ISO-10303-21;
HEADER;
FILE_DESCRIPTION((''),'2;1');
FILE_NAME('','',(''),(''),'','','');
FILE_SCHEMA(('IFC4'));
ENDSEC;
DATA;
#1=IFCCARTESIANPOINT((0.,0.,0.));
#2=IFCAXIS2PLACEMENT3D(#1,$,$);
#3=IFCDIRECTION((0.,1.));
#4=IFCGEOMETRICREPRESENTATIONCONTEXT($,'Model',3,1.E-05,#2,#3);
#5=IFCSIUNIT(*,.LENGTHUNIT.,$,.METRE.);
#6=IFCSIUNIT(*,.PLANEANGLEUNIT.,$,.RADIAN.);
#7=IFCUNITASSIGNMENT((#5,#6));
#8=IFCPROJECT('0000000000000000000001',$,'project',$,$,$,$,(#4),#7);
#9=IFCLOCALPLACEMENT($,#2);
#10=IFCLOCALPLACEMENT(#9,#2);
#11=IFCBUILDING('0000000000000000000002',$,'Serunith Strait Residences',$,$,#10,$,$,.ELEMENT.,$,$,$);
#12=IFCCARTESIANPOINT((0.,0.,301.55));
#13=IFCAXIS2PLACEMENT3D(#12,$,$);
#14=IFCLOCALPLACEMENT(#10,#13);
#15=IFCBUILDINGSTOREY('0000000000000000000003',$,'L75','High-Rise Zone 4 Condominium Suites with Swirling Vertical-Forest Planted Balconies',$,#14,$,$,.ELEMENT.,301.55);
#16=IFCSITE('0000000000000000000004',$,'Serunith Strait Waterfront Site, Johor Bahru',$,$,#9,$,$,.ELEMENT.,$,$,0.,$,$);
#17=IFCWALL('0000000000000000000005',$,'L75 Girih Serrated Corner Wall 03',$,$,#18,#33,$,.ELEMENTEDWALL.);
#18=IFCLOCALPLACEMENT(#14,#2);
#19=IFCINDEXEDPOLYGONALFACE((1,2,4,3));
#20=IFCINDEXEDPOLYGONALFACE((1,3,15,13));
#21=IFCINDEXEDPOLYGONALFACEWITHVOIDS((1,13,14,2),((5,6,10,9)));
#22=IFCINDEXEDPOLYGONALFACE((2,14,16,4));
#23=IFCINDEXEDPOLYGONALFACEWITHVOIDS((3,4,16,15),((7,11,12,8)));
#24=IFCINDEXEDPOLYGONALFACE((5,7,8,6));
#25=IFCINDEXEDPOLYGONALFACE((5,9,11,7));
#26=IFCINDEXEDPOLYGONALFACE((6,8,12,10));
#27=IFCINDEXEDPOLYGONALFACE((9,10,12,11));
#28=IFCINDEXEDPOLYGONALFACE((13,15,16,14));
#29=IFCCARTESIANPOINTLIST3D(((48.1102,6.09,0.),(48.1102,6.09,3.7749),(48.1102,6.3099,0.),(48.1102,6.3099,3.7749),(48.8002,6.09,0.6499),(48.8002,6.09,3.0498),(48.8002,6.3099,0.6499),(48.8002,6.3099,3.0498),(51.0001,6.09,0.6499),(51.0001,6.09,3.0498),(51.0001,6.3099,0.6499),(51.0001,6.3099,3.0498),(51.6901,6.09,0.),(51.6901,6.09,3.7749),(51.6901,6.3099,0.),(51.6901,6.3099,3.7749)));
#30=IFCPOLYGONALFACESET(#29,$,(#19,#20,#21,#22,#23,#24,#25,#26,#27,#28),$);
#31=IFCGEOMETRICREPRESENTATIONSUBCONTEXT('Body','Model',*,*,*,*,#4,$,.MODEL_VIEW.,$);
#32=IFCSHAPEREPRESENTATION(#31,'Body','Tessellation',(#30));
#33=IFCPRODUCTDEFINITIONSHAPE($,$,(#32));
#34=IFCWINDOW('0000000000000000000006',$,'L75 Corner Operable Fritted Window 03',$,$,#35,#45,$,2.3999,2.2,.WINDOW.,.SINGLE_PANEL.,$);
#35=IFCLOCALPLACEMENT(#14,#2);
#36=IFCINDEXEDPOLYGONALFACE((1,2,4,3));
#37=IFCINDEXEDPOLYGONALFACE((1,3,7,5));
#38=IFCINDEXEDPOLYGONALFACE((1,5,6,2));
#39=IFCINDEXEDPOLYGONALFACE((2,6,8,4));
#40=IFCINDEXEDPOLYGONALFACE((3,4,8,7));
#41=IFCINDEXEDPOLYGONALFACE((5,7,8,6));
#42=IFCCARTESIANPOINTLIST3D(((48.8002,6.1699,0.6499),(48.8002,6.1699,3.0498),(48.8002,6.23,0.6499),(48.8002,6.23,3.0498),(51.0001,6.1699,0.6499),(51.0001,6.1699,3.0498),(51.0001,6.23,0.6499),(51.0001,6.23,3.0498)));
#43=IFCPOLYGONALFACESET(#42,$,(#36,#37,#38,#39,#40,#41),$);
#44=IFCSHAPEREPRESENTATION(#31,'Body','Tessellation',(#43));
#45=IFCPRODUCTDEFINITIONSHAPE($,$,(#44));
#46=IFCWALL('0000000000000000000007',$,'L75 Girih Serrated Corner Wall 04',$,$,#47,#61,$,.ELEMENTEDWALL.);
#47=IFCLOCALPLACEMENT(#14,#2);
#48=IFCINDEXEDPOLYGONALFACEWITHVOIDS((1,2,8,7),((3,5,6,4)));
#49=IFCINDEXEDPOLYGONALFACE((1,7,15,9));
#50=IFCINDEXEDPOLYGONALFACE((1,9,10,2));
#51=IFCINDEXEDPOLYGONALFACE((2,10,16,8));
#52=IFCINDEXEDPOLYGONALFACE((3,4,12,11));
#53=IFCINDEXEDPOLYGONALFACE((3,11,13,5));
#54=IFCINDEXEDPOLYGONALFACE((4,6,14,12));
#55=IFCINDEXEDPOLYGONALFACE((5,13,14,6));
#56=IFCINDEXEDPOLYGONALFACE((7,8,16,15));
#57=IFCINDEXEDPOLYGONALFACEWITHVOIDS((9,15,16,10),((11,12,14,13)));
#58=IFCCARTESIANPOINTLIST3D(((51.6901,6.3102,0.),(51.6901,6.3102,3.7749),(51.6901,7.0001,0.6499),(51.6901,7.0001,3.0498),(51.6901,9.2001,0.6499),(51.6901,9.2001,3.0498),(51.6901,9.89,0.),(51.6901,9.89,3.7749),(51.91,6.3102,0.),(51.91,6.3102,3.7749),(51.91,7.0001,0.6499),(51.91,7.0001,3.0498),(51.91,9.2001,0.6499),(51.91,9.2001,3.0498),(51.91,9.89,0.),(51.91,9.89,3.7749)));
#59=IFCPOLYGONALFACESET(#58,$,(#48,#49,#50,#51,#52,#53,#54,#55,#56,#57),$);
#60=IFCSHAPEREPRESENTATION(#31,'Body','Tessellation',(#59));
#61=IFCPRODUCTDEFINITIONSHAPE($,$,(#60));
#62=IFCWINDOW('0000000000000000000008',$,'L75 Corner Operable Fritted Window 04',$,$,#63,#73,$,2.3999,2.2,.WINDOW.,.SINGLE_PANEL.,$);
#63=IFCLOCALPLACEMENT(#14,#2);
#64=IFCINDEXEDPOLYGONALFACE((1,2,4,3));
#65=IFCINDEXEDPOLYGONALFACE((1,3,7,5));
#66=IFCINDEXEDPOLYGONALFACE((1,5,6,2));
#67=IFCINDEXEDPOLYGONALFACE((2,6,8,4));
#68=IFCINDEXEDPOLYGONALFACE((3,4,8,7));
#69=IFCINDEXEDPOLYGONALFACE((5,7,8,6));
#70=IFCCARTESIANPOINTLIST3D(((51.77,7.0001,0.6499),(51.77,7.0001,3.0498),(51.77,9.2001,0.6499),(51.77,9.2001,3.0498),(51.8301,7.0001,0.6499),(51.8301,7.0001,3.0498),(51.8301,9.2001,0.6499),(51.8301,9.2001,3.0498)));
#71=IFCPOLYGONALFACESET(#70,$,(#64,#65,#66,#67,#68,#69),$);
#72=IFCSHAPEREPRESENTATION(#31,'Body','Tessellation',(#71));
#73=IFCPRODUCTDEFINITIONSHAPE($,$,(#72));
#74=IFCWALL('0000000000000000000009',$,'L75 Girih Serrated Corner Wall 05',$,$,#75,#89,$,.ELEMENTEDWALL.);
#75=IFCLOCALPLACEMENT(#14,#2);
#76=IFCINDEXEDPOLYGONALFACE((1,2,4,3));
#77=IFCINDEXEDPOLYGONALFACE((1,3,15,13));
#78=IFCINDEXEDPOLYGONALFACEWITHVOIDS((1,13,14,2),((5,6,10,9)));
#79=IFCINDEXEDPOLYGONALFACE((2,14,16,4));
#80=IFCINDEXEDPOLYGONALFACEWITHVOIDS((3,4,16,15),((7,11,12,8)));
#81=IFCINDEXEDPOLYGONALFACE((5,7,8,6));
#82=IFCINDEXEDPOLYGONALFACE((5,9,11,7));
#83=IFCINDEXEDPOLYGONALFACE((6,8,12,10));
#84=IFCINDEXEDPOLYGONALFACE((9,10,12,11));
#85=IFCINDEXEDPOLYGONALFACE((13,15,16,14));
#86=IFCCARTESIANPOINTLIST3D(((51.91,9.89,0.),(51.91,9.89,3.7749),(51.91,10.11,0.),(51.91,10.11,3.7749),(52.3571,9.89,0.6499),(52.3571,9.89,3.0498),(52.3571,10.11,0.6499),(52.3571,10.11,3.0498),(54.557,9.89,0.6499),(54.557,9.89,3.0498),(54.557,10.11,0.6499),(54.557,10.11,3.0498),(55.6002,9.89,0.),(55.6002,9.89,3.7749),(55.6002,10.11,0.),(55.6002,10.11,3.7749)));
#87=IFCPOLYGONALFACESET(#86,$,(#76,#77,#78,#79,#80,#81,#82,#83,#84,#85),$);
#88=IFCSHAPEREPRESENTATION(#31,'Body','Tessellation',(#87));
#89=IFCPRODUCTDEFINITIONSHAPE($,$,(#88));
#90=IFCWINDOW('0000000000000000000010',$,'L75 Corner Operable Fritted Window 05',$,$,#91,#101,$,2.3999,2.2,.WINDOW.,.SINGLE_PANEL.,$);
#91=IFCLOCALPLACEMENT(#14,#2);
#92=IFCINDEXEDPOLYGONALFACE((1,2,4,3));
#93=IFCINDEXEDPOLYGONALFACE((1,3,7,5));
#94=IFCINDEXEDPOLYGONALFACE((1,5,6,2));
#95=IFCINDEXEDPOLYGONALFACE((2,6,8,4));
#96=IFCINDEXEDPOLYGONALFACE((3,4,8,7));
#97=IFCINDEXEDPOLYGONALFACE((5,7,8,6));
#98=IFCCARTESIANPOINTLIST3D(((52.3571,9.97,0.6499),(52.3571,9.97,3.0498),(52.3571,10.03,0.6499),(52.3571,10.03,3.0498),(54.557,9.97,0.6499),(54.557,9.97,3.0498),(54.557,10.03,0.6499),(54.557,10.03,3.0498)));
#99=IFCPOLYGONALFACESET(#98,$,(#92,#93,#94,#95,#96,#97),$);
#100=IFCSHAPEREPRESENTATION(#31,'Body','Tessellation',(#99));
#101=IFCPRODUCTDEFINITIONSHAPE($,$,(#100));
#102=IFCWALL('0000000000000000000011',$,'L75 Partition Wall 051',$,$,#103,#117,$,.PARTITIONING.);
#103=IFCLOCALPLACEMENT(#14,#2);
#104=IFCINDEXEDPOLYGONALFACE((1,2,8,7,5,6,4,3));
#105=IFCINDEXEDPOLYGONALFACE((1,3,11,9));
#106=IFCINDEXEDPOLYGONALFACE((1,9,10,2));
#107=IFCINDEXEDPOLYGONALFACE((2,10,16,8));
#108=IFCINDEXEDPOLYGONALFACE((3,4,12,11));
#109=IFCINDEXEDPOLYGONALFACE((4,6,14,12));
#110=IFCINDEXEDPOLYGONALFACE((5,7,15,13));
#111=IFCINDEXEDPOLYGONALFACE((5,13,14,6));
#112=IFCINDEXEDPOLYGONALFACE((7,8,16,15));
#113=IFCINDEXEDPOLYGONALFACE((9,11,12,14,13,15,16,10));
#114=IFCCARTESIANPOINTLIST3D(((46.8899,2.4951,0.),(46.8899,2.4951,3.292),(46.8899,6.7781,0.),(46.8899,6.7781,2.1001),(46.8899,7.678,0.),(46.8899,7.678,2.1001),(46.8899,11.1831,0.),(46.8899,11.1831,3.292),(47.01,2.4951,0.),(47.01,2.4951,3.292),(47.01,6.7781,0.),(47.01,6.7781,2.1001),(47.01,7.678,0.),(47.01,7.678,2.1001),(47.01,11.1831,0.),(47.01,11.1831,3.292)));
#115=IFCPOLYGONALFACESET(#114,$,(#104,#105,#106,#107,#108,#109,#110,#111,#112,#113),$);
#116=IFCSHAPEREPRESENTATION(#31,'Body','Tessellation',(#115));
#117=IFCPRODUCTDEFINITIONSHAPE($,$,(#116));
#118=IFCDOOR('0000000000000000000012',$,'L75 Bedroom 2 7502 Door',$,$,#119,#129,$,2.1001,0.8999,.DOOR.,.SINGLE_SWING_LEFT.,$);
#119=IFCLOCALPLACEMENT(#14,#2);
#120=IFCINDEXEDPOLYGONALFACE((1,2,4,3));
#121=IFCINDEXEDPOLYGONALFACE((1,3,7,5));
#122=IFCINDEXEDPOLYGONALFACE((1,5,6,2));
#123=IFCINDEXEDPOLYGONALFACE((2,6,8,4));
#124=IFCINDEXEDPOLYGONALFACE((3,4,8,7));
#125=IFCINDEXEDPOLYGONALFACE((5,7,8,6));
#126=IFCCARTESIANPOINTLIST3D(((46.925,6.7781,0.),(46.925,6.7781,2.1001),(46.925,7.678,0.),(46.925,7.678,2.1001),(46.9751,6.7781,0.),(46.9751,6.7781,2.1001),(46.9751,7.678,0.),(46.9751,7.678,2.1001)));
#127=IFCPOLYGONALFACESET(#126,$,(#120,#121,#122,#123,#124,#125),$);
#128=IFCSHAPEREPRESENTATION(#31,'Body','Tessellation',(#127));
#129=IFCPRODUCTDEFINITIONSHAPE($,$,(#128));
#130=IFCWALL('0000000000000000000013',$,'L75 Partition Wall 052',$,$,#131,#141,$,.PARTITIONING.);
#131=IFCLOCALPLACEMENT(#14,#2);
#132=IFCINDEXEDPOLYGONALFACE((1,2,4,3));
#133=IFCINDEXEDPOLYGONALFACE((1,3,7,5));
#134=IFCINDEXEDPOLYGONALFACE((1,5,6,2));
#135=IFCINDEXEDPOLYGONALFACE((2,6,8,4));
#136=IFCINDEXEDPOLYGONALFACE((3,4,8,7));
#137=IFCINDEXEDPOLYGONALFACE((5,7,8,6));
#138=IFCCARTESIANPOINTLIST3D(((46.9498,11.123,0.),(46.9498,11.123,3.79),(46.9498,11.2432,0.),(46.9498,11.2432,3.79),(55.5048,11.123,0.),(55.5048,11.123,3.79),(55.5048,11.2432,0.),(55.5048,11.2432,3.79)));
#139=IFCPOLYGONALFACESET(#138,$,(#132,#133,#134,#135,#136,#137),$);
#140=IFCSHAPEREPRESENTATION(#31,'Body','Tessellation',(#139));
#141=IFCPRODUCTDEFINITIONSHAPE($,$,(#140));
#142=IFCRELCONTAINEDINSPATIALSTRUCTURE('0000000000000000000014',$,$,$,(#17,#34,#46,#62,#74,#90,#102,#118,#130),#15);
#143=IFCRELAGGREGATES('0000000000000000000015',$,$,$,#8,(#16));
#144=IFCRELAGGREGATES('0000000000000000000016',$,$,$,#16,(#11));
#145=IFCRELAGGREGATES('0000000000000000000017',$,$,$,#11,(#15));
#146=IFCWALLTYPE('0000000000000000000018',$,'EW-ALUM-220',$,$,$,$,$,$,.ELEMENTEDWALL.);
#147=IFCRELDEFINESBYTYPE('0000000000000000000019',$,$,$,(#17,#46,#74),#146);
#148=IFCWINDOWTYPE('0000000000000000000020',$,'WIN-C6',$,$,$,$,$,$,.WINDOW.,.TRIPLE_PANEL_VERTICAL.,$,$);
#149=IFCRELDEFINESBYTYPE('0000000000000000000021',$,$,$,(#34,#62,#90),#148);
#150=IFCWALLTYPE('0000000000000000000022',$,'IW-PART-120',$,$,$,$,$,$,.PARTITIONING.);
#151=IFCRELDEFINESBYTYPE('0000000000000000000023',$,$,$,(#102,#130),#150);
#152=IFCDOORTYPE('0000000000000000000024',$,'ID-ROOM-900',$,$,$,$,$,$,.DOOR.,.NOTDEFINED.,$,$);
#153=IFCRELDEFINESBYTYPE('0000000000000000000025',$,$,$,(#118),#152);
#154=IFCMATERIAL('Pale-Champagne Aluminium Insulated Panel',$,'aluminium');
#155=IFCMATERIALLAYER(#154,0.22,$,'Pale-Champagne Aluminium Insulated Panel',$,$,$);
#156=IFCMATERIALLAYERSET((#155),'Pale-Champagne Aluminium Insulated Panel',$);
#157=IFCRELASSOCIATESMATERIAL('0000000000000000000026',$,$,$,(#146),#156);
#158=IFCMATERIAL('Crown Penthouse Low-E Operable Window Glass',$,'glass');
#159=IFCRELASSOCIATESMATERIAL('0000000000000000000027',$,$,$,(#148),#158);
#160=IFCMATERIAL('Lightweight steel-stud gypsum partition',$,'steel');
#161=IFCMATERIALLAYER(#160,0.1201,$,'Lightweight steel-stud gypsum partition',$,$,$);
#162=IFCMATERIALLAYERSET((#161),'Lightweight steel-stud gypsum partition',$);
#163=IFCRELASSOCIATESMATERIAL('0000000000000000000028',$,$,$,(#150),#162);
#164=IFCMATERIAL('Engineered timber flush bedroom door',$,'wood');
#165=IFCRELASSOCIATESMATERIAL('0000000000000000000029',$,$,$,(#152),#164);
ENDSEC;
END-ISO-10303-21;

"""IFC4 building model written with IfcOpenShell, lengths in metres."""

from ifc_helpers import new_model, si_unit, direction, frame, frame_2d, origin, place, context, subcontext, project, spatial, rectangle, extrude, source, transform, mapped, material, layer, layer_set, type_object, element, fill, save


model = new_model("IFC4")

# Units and contexts
model_context = context("Model", 3, precision=1e-05, world=origin(), true_north=direction((0.0, 1.0)))
body_context = subcontext(model_context, "Body", "Model", "MODEL_VIEW")
ifc_project = project(units=[si_unit("LENGTHUNIT", "METRE"), si_unit("PLANEANGLEUNIT", "RADIAN")], contexts=[model_context])

# Site, building, storey
site_placement = place(None, origin())
site = spatial("IfcSite", under=ifc_project, at=site_placement, Name="Serunith Strait Waterfront Site, Johor Bahru", CompositionType="ELEMENT", RefElevation=0.0)
building_placement = place(site_placement, origin())
building = spatial("IfcBuilding", under=site, at=building_placement, Name="Serunith Strait Residences", CompositionType="ELEMENT")
storey_placement = place(building_placement, frame((0.0, 0.0, 301.55)))
storey = spatial("IfcBuildingStorey", under=building, at=storey_placement, Name="L75", Description="High-Rise Zone 4 Condominium Suites with Swirling Vertical-Forest Planted Balconies", CompositionType="ELEMENT", Elevation=301.55)

# Walls, openings, windows
ifc_material_1 = material(Name="Pale-Champagne Aluminium Insulated Panel", Category="aluminium")
ifc_layer_1 = layer(ifc_material_1, 0.22, Name="Pale-Champagne Aluminium Insulated Panel")
ifc_layer_set_1 = layer_set([ifc_layer_1], Name="Pale-Champagne Aluminium Insulated Panel")
wall_type_1 = type_object("IfcWallType", Name="EW-ALUM-220", PredefinedType="ELEMENTEDWALL", material=ifc_layer_set_1)
ifc_material_2 = material(Name="Crown Penthouse Low-E Operable Window Glass", Category="glass")
window_type = type_object("IfcWindowType", Name="WIN-C6", PartitioningType="TRIPLE_PANEL_VERTICAL", PredefinedType="WINDOW", material=ifc_material_2)
shared_shape_1 = source(origin(), body_context, "Body", "SweptSolid", [
    extrude(rectangle(XDim=2.2, YDim=2.3999, at=frame_2d((1.1001, 1.2))), frame((0.0, 0.03, 0.0), z_axis=(0.0, -1.0, 0.0), x_axis=(1.0, 0.0, 0.0)), (0.0, 0.0, 1.0), 0.0601),
])
wall_1_placement = place(storey_placement, frame((48.1101, 6.2, 0.0), z_axis=(0.0, 0.0, 1.0), x_axis=(1.0, 0.0, 0.0)))
wall_1 = element("IfcWall", 1, at=wall_1_placement, inside=storey, type_object=wall_type_1, Name="L75 Girih Serrated Corner Wall 03", PredefinedType="ELEMENTEDWALL", context=body_context, shape_type="SweptSolid", body=[
    extrude(rectangle(XDim=3.5798, YDim=0.22, at=frame_2d((1.79, 0.0))), origin(), (0.0, 0.0, 1.0), 3.7749),
])
opening_1_placement = place(wall_1_placement, frame((0.6899, 0.0, 0.6499)))
opening_1 = element("IfcOpeningElement", 2, at=opening_1_placement, cuts=wall_1, PredefinedType="OPENING", context=body_context, shape_type="SweptSolid", body=[
    extrude(rectangle(XDim=2.2, YDim=2.3999, at=frame_2d((1.1001, 1.2))), frame((0.0, 0.1201, 0.0), z_axis=(0.0, -1.0, 0.0), x_axis=(1.0, 0.0, 0.0)), (0.0, 0.0, 1.0), 0.24),
])
window_1_placement = place(opening_1_placement, origin())
window_1 = element("IfcWindow", 3, at=window_1_placement, inside=storey, type_object=window_type, Name="L75 Corner Operable Fritted Window 03", OverallHeight=2.3999, OverallWidth=2.2, PartitioningType="SINGLE_PANEL", PredefinedType="WINDOW", context=body_context, shape_type="MappedRepresentation", body=[
    mapped(shared_shape_1, transform((0.0, 0.0, 0.0), scale=1.0)),
])
fill(opening_1, window_1)
wall_2_placement = place(storey_placement, frame((51.8, 6.3101, 0.0), z_axis=(0.0, 0.0, 1.0), x_axis=(0.0, 1.0, 0.0)))
wall_2 = element("IfcWall", 4, at=wall_2_placement, inside=storey, type_object=wall_type_1, Name="L75 Girih Serrated Corner Wall 04", PredefinedType="ELEMENTEDWALL", context=body_context, shape_type="SweptSolid", body=[
    extrude(rectangle(XDim=3.5798, YDim=0.22, at=frame_2d((1.79, 0.0))), origin(), (0.0, 0.0, 1.0), 3.7749),
])
opening_2_placement = place(wall_2_placement, frame((0.6899, 0.0, 0.6499)))
opening_2 = element("IfcOpeningElement", 5, at=opening_2_placement, cuts=wall_2, PredefinedType="OPENING", context=body_context, shape_type="SweptSolid", body=[
    extrude(rectangle(XDim=2.2, YDim=2.3999, at=frame_2d((1.1001, 1.2))), frame((0.0, 0.1201, 0.0), z_axis=(0.0, -1.0, 0.0), x_axis=(1.0, 0.0, 0.0)), (0.0, 0.0, 1.0), 0.24),
])
window_2_placement = place(opening_2_placement, origin())
window_2 = element("IfcWindow", 6, at=window_2_placement, inside=storey, type_object=window_type, Name="L75 Corner Operable Fritted Window 04", OverallHeight=2.3999, OverallWidth=2.2, PartitioningType="SINGLE_PANEL", PredefinedType="WINDOW", context=body_context, shape_type="MappedRepresentation", body=[
    mapped(shared_shape_1, transform((0.0, 0.0, 0.0), scale=1.0)),
])
fill(opening_2, window_2)
wall_3_placement = place(storey_placement, frame((51.9099, 10.0, 0.0), z_axis=(0.0, 0.0, 1.0), x_axis=(1.0, 0.0, 0.0)))
wall_3 = element("IfcWall", 7, at=wall_3_placement, inside=storey, type_object=wall_type_1, Name="L75 Girih Serrated Corner Wall 05", PredefinedType="ELEMENTEDWALL", context=body_context, shape_type="SweptSolid", body=[
    extrude(rectangle(XDim=3.6902, YDim=0.22, at=frame_2d((1.8452, 0.0))), origin(), (0.0, 0.0, 1.0), 3.7749),
])
opening_3_placement = place(wall_3_placement, frame((0.447, 0.0, 0.6499)))
opening_3 = element("IfcOpeningElement", 8, at=opening_3_placement, cuts=wall_3, PredefinedType="OPENING", context=body_context, shape_type="SweptSolid", body=[
    extrude(rectangle(XDim=2.2, YDim=2.3999, at=frame_2d((1.1001, 1.2))), frame((0.0, 0.1201, 0.0), z_axis=(0.0, -1.0, 0.0), x_axis=(1.0, 0.0, 0.0)), (0.0, 0.0, 1.0), 0.24),
])
window_3_placement = place(opening_3_placement, origin())
window_3 = element("IfcWindow", 9, at=window_3_placement, inside=storey, type_object=window_type, Name="L75 Corner Operable Fritted Window 05", OverallHeight=2.3999, OverallWidth=2.2, PartitioningType="SINGLE_PANEL", PredefinedType="WINDOW", context=body_context, shape_type="MappedRepresentation", body=[
    mapped(shared_shape_1, transform((0.0, 0.0, 0.0), scale=1.0)),
])
fill(opening_3, window_3)

# Wall, opening, door
ifc_material_3 = material(Name="Lightweight steel-stud gypsum partition", Category="steel")
ifc_layer_2 = layer(ifc_material_3, 0.1201, Name="Lightweight steel-stud gypsum partition")
ifc_layer_set_2 = layer_set([ifc_layer_2], Name="Lightweight steel-stud gypsum partition")
wall_type_2 = type_object("IfcWallType", Name="IW-PART-120", PredefinedType="PARTITIONING", material=ifc_layer_set_2)
wall_4_placement = place(storey_placement, frame((46.95, 2.4951, 0.0), z_axis=(0.0, 0.0, 1.0), x_axis=(0.0, 1.0, 0.0)))
wall_4 = element("IfcWall", 10, at=wall_4_placement, inside=storey, type_object=wall_type_2, Name="L75 Partition Wall 051", PredefinedType="PARTITIONING", context=body_context, shape_type="SweptSolid", body=[
    extrude(rectangle(XDim=8.688, YDim=0.1201, at=frame_2d((4.344, 0.0))), origin(), (0.0, 0.0, 1.0), 3.292),
])
opening_4_placement = place(wall_4_placement, frame((4.283, 0.0, 0.0)))
opening_4 = element("IfcOpeningElement", 11, at=opening_4_placement, cuts=wall_4, PredefinedType="OPENING", context=body_context, shape_type="SweptSolid", body=[
    extrude(rectangle(XDim=0.8999, YDim=2.1001, at=frame_2d((0.45, 1.05))), frame((0.0, 0.0701, 0.0), z_axis=(0.0, -1.0, 0.0), x_axis=(1.0, 0.0, 0.0)), (0.0, 0.0, 1.0), 0.1401),
])
ifc_material_4 = material(Name="Engineered timber flush bedroom door", Category="wood")
door_type_1 = type_object("IfcDoorType", Name="ID-ROOM-900", OperationType="NOTDEFINED", PredefinedType="DOOR", material=ifc_material_4)
shared_shape_2 = source(origin(), body_context, "Body", "SweptSolid", [
    extrude(rectangle(XDim=0.8999, YDim=2.1001, at=frame_2d((0.45, 1.05))), frame((0.0, 0.0249, 0.0), z_axis=(0.0, -1.0, 0.0), x_axis=(1.0, 0.0, 0.0)), (0.0, 0.0, 1.0), 0.05),
])
door_1_placement = place(opening_4_placement, origin())
door_1 = element("IfcDoor", 12, at=door_1_placement, inside=storey, type_object=door_type_1, Name="L75 Bedroom 2 7502 Door", OperationType="SINGLE_SWING_LEFT", OverallHeight=2.1001, OverallWidth=0.8999, PredefinedType="DOOR", context=body_context, shape_type="MappedRepresentation", body=[
    mapped(shared_shape_2, transform((0.0, 0.0, 0.0), scale=1.0)),
])
fill(opening_4, door_1)

# Wall
wall_5_placement = place(storey_placement, frame((46.95, 11.1831, 0.0), z_axis=(0.0, 0.0, 1.0), x_axis=(1.0, 0.0, 0.0)))
element("IfcWall", 13, at=wall_5_placement, inside=storey, type_object=wall_type_2, Name="L75 Partition Wall 052", PredefinedType="PARTITIONING", context=body_context, shape_type="SweptSolid", body=[
    extrude(rectangle(XDim=8.5549, YDim=0.1201, at=frame_2d((4.2773, 0.0))), origin(), (0.0, 0.0, 1.0), 3.79),
])

save(model, "model.ifc")
